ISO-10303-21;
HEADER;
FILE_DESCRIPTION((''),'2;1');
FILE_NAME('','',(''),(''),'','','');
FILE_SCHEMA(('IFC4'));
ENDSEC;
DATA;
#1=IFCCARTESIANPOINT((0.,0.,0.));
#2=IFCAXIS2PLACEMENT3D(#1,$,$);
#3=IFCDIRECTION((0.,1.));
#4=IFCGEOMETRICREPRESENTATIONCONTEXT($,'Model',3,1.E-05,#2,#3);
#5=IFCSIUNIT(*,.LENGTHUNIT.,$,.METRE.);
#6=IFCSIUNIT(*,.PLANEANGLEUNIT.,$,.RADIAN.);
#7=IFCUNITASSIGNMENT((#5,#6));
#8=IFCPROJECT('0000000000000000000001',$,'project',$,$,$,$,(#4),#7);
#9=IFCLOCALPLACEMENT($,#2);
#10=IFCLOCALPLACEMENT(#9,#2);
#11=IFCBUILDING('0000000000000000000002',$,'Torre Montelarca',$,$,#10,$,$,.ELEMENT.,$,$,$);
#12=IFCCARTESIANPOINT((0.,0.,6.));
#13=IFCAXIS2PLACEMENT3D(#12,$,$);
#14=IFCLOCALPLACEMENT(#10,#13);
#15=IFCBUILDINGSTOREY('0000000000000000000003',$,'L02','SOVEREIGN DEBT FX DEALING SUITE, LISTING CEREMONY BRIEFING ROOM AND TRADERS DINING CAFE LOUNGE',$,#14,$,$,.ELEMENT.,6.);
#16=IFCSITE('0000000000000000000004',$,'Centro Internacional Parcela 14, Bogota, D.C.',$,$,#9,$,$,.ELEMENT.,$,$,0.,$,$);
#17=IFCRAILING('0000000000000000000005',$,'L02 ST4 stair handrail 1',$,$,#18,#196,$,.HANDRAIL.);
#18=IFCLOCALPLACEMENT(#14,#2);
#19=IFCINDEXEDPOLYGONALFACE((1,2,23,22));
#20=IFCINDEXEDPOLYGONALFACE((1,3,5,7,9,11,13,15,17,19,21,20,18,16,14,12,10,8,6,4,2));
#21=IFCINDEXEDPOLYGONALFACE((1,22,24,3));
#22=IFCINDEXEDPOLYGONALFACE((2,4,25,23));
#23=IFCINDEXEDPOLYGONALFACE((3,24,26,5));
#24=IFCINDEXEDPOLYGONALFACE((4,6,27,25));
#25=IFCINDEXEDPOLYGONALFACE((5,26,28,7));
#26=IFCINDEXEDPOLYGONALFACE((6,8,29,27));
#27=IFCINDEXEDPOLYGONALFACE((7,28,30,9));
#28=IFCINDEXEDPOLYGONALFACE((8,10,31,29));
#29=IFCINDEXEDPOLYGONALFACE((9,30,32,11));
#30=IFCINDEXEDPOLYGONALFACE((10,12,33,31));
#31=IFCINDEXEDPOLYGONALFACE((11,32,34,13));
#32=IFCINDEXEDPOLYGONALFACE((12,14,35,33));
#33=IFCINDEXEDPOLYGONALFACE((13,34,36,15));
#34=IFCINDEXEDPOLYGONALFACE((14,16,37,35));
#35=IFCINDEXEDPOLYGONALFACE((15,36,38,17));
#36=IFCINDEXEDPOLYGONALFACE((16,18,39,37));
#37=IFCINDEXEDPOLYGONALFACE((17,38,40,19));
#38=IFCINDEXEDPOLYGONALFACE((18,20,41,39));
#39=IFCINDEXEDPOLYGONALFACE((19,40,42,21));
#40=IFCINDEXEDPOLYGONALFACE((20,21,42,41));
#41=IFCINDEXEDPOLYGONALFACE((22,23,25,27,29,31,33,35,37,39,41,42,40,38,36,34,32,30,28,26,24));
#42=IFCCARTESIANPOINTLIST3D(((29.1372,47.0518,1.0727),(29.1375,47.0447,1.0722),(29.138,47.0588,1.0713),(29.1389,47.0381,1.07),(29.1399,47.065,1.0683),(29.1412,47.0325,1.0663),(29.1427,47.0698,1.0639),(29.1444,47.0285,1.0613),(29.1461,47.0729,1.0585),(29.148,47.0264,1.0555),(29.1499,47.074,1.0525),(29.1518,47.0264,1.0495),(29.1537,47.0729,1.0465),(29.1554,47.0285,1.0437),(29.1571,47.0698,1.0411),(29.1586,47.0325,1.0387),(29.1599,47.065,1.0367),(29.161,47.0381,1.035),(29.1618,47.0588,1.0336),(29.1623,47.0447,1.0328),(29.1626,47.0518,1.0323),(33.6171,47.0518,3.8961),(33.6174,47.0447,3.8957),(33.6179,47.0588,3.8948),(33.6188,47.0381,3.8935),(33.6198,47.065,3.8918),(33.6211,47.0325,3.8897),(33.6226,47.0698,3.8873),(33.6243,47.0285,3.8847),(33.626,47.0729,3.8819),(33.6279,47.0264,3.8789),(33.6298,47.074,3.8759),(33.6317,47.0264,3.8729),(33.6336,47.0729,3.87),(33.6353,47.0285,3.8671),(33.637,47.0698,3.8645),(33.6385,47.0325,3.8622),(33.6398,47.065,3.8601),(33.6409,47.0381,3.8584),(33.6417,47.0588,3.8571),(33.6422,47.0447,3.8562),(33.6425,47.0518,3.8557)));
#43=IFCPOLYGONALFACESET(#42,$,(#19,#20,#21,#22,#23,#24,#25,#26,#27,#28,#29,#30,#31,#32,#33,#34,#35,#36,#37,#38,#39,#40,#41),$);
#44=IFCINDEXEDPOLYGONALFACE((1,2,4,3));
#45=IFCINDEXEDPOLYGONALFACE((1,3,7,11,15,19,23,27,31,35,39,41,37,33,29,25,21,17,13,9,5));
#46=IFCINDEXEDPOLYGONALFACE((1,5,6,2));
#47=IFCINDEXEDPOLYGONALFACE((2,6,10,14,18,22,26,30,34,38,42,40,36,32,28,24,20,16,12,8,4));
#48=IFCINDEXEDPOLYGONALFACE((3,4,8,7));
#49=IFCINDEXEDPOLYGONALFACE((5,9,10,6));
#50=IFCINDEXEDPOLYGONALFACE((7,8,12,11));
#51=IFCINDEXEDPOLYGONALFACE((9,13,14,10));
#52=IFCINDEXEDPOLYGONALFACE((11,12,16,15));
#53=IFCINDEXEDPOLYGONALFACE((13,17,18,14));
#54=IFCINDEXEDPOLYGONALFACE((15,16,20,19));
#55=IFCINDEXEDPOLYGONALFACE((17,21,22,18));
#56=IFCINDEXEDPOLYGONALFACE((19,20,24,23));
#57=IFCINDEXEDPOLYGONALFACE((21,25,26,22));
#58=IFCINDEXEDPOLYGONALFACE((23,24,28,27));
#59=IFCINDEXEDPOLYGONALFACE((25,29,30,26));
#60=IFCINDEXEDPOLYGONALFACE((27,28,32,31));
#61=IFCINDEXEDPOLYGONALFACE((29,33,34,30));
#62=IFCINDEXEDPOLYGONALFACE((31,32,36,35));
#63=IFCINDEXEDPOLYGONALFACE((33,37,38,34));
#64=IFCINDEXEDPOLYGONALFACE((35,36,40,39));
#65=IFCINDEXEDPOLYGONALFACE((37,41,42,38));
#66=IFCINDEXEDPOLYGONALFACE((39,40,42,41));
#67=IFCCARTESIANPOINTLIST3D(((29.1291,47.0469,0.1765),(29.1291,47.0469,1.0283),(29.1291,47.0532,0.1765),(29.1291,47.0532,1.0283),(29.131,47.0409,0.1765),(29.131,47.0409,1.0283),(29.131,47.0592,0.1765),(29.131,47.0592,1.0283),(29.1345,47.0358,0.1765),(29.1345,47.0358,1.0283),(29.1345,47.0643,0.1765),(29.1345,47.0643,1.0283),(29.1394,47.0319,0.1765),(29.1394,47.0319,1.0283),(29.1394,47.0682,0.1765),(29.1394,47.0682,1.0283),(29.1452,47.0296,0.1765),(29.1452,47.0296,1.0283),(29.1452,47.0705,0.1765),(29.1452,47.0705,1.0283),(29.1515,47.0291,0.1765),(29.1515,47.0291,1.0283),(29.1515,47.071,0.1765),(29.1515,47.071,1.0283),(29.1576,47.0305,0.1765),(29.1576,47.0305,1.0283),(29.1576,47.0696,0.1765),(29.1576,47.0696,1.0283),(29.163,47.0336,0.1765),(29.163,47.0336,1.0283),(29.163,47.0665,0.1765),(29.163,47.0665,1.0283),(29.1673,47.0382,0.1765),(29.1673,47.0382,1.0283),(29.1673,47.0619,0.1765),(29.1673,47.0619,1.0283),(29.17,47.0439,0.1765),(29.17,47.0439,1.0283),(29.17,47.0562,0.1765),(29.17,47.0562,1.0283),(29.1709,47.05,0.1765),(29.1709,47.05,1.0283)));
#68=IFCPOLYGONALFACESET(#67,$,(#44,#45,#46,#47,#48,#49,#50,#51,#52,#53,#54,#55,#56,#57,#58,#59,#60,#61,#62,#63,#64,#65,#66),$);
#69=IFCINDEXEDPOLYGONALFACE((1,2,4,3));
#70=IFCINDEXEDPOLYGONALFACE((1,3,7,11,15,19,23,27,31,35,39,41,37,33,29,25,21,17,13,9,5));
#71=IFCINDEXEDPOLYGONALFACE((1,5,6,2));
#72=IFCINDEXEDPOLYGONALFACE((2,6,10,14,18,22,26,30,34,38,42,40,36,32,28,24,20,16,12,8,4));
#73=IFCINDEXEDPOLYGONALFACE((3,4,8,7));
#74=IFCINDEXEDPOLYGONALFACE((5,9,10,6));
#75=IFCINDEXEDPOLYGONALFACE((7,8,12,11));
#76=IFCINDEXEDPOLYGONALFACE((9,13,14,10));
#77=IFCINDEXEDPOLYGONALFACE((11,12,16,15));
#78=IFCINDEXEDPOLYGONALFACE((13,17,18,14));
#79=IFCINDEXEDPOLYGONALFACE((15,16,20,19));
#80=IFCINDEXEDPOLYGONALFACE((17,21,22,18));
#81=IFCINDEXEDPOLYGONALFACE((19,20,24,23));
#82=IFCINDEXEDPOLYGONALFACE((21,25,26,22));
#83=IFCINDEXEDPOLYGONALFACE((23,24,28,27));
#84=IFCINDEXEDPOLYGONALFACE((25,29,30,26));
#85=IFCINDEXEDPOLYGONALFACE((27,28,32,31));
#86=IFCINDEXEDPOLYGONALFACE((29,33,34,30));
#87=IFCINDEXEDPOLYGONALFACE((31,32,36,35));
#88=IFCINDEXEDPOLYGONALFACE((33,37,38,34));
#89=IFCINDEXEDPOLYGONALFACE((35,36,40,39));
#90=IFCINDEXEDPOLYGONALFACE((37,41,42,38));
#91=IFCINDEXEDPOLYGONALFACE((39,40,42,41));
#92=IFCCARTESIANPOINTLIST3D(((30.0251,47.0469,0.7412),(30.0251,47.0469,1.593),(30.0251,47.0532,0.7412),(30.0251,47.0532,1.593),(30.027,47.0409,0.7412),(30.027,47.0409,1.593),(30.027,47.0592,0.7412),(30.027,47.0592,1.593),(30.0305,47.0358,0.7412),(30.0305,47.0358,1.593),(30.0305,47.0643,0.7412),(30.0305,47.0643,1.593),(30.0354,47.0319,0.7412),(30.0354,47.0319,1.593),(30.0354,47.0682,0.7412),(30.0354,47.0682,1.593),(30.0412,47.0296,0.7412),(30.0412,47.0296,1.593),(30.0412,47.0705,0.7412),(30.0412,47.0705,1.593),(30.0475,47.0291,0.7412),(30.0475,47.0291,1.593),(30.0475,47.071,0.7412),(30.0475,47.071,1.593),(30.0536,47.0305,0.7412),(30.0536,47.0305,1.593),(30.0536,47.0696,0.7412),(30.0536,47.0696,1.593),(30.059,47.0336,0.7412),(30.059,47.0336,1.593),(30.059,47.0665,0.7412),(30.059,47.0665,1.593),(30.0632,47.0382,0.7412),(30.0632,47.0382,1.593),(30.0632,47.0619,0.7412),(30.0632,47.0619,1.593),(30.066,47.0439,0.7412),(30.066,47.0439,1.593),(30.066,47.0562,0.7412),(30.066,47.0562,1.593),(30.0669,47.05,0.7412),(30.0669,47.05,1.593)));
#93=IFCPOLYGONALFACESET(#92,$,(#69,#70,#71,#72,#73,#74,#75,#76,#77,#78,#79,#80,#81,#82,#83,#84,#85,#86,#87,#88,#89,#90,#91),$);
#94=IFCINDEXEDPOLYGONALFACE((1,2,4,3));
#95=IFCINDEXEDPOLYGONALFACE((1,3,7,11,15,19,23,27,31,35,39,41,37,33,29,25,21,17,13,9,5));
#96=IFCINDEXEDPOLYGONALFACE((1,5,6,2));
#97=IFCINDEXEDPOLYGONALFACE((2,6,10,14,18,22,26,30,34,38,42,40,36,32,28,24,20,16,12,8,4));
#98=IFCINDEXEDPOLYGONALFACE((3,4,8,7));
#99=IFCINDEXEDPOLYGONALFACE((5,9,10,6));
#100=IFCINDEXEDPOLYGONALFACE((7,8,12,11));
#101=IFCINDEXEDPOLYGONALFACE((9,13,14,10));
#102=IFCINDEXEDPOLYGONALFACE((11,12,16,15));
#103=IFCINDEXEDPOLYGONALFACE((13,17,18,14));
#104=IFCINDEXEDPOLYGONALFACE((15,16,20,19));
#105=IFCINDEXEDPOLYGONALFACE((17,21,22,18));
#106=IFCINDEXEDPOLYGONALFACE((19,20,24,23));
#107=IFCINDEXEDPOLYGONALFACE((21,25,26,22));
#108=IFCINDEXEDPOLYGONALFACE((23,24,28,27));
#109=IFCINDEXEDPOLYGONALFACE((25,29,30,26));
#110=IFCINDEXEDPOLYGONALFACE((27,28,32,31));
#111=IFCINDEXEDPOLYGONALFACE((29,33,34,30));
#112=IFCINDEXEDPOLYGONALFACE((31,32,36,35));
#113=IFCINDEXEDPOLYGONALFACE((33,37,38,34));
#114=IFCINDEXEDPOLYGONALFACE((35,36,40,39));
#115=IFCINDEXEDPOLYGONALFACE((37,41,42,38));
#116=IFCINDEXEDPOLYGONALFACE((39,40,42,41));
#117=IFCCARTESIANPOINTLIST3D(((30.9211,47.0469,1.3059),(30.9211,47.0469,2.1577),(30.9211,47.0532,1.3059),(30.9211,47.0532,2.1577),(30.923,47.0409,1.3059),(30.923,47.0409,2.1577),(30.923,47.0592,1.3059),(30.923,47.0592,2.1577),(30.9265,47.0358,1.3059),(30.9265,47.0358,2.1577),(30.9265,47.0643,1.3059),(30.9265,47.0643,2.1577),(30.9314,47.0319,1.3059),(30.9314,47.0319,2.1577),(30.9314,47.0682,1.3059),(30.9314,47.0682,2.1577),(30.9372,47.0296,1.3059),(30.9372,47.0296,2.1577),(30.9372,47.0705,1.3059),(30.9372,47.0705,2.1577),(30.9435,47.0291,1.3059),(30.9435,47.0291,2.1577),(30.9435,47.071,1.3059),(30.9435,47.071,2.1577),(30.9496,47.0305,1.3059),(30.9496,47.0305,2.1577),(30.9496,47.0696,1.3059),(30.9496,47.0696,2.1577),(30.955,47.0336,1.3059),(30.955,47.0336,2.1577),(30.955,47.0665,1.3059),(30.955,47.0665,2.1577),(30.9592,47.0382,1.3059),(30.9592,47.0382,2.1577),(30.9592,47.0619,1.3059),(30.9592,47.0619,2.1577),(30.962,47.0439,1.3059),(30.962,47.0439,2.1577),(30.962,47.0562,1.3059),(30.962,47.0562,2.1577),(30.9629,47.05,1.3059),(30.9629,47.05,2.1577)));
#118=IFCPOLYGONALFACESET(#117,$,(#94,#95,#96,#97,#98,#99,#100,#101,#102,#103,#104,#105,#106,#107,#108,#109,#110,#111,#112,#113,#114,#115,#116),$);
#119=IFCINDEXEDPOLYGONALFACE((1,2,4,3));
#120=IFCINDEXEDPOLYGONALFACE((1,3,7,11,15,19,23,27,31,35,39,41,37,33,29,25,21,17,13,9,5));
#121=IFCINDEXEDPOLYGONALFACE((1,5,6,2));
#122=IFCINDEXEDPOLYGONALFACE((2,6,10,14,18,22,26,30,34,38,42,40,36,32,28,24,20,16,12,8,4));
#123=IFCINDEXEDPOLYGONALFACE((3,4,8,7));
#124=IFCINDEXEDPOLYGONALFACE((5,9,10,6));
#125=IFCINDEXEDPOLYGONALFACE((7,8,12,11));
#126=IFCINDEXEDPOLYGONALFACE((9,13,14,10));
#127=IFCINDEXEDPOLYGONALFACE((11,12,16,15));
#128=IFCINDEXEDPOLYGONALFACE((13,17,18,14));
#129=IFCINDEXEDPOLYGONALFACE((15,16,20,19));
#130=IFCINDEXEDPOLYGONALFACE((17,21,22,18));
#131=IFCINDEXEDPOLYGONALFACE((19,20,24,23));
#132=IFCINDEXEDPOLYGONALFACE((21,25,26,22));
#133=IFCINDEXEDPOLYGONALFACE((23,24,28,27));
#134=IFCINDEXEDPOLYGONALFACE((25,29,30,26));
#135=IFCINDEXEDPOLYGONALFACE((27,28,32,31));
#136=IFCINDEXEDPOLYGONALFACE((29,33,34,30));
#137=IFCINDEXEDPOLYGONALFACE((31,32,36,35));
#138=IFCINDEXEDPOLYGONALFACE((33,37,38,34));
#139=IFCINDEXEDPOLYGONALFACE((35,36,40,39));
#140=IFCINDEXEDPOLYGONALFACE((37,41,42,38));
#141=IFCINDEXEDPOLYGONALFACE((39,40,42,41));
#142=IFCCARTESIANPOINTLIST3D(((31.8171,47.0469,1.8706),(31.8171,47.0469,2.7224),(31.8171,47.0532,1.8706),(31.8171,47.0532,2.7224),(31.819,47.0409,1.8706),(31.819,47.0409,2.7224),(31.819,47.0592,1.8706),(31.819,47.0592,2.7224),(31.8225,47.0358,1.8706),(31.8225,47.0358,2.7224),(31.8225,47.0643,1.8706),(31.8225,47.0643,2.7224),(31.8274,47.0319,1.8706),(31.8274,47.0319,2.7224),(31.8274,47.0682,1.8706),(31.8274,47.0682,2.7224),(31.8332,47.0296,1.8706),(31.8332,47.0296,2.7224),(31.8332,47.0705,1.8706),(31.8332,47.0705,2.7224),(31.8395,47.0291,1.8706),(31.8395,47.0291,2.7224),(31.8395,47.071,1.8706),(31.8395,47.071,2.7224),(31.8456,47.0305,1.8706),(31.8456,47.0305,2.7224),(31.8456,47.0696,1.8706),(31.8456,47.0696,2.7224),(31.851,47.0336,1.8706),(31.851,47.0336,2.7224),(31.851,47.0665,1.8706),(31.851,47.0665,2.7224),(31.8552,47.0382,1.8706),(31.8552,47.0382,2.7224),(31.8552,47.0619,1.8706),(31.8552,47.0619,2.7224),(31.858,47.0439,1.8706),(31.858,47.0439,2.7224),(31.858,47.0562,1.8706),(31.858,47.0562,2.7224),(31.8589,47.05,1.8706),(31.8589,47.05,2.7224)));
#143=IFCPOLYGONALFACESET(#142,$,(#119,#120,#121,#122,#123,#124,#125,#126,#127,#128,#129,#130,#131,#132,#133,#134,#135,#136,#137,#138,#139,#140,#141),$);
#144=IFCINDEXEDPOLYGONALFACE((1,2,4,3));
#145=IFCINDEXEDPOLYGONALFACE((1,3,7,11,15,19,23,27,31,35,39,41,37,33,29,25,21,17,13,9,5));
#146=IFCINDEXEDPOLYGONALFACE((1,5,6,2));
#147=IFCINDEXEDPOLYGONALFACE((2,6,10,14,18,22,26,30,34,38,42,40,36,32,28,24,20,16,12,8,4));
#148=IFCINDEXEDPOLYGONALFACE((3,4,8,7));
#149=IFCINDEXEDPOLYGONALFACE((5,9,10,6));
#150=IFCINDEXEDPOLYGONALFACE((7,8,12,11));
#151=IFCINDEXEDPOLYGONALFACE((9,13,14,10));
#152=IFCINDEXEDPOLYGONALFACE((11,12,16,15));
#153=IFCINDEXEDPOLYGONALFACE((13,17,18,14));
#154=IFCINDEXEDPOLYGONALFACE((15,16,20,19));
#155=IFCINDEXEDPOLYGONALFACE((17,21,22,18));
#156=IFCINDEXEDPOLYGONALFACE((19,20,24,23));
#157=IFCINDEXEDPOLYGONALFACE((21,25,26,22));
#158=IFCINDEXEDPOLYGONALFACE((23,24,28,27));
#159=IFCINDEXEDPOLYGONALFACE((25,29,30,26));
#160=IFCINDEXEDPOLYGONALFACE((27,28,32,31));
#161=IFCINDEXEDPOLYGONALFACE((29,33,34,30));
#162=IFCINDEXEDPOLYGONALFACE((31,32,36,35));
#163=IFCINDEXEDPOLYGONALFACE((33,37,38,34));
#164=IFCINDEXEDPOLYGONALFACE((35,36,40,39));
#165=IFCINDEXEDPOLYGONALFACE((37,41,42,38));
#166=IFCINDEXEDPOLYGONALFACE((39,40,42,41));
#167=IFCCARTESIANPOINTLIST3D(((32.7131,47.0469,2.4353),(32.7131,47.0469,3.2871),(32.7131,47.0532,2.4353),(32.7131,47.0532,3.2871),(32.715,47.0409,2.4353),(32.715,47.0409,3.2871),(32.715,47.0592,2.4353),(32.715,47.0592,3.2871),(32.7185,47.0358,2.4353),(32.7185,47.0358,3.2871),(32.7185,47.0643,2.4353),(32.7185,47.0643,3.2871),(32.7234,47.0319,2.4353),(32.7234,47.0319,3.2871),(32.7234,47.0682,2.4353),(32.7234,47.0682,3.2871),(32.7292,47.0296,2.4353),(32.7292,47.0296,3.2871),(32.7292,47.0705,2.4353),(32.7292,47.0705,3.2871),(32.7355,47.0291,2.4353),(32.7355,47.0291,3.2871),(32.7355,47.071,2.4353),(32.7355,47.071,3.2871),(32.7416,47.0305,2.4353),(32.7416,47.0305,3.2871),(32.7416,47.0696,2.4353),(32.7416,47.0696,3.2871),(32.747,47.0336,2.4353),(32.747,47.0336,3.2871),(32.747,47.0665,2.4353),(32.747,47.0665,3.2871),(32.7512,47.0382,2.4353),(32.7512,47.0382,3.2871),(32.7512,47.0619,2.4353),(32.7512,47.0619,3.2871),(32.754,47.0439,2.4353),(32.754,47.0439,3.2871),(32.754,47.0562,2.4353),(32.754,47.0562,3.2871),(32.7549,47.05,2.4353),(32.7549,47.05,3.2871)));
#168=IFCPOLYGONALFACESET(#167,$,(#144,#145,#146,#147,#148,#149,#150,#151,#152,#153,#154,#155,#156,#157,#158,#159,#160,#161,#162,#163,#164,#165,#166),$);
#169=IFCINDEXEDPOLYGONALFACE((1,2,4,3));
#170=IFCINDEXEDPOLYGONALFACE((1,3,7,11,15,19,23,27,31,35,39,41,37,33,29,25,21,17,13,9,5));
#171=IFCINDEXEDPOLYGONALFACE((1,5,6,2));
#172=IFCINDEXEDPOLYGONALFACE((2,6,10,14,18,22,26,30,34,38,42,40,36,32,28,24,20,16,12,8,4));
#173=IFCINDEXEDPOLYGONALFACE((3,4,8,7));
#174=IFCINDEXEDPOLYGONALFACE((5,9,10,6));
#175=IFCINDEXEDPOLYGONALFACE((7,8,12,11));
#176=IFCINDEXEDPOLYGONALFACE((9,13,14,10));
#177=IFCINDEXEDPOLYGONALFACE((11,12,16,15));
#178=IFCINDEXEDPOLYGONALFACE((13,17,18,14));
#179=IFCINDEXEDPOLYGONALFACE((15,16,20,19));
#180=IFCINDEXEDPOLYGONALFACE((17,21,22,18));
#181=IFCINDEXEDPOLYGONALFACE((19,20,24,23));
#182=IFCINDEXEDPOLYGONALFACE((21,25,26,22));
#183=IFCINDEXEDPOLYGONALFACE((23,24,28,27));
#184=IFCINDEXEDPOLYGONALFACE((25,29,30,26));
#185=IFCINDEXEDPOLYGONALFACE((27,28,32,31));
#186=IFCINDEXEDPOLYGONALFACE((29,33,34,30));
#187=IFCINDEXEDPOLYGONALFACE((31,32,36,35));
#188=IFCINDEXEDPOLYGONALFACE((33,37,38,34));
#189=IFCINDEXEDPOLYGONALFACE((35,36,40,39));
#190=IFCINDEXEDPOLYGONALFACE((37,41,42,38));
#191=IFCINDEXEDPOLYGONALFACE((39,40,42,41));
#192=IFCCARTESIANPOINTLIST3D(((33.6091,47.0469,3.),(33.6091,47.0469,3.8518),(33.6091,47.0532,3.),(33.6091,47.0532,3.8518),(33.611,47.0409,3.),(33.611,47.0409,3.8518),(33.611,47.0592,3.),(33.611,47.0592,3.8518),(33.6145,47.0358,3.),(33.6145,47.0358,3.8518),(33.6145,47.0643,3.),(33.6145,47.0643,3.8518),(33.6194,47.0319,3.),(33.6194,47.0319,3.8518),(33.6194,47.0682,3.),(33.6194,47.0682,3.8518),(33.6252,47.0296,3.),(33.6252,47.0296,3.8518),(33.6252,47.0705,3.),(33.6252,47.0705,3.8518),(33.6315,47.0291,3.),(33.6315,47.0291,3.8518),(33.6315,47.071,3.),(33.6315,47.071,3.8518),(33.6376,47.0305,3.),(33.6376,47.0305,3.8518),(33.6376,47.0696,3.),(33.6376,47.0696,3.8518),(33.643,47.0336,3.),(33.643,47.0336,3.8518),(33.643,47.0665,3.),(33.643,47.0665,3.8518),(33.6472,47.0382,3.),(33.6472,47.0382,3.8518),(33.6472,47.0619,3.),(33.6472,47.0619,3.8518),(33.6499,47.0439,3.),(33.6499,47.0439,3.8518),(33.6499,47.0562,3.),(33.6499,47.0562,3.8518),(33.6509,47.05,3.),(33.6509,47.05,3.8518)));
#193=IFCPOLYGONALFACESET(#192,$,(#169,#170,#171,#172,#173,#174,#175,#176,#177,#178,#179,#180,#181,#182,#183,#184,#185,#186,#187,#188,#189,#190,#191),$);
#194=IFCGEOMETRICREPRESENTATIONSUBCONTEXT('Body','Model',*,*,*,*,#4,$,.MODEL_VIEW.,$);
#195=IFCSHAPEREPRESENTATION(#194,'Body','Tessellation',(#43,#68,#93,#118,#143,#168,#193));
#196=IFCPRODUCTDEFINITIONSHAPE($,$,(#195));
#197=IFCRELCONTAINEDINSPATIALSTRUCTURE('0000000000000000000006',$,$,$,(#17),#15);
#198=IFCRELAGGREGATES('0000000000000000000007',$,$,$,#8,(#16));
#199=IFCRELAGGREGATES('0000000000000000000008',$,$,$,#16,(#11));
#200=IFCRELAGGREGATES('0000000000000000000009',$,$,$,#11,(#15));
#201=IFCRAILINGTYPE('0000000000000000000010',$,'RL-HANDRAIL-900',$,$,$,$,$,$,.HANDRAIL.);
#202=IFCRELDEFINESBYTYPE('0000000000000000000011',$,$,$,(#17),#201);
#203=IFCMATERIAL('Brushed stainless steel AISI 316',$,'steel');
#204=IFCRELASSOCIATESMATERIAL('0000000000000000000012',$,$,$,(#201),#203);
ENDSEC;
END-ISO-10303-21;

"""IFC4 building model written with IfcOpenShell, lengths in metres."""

from ifc_helpers import new_model, si_unit, direction, frame, origin, origin_2d, place, context, subcontext, project, spatial, circle, extrude, material, type_object, element, save


model = new_model("IFC4")

# Units and contexts
model_context = context("Model", 3, precision=1e-05, world=origin(), true_north=direction((0.0, 1.0)))
body_context = subcontext(model_context, "Body", "Model", "MODEL_VIEW")
ifc_project = project(units=[si_unit("LENGTHUNIT", "METRE"), si_unit("PLANEANGLEUNIT", "RADIAN")], contexts=[model_context])

# Site, building, storey
site_placement = place(None, origin())
site = spatial("IfcSite", under=ifc_project, at=site_placement, Name="Centro Internacional Parcela 14, Bogota, D.C.", CompositionType="ELEMENT", RefElevation=0.0)
building_placement = place(site_placement, origin())
building = spatial("IfcBuilding", under=site, at=building_placement, Name="Torre Montelarca", CompositionType="ELEMENT")
storey_placement = place(building_placement, frame((0.0, 0.0, 6.0)))
storey = spatial("IfcBuildingStorey", under=building, at=storey_placement, Name="L02", Description="SOVEREIGN DEBT FX DEALING SUITE, LISTING CEREMONY BRIEFING ROOM AND TRADERS DINING CAFE LOUNGE", CompositionType="ELEMENT", Elevation=6.0)

# Railing
ifc_material_1 = material(Name="Brushed stainless steel AISI 316", Category="steel")
railing_type_1 = type_object("IfcRailingType", Name="RL-HANDRAIL-900", PredefinedType="HANDRAIL", material=ifc_material_1)
railing_1_placement = place(storey_placement, frame((29.1499, 47.05, 0.1765)))
element("IfcRailing", 1, at=railing_1_placement, inside=storey, type_object=railing_type_1, Name="L02 ST4 stair handrail 1", PredefinedType="HANDRAIL", context=body_context, shape_type="SweptSolid", body=[
    extrude(circle(Radius=0.0239, at=origin_2d()), frame((0.0, 0.0, 0.876), z_axis=(0.845998, 0.0, 0.533186), x_axis=(0.0, 1.0, 0.0)), (0.0, 0.0, 1.0), 5.2954),
    extrude(circle(Radius=0.021, at=origin_2d()), origin(), (0.0, 0.0, 1.0), 0.8518),
    extrude(circle(Radius=0.021, at=origin_2d()), frame((0.896, 0.0, 0.5647)), (0.0, 0.0, 1.0), 0.8518),
    extrude(circle(Radius=0.021, at=origin_2d()), frame((1.792, 0.0, 1.1294)), (0.0, 0.0, 1.0), 0.8518),
    extrude(circle(Radius=0.021, at=origin_2d()), frame((2.688, 0.0, 1.6941)), (0.0, 0.0, 1.0), 0.8518),
    extrude(circle(Radius=0.021, at=origin_2d()), frame((3.584, 0.0, 2.2588)), (0.0, 0.0, 1.0), 0.8518),
    extrude(circle(Radius=0.021, at=origin_2d()), frame((4.48, 0.0, 2.8235)), (0.0, 0.0, 1.0), 0.8518),
])

save(model, "model.ifc")
